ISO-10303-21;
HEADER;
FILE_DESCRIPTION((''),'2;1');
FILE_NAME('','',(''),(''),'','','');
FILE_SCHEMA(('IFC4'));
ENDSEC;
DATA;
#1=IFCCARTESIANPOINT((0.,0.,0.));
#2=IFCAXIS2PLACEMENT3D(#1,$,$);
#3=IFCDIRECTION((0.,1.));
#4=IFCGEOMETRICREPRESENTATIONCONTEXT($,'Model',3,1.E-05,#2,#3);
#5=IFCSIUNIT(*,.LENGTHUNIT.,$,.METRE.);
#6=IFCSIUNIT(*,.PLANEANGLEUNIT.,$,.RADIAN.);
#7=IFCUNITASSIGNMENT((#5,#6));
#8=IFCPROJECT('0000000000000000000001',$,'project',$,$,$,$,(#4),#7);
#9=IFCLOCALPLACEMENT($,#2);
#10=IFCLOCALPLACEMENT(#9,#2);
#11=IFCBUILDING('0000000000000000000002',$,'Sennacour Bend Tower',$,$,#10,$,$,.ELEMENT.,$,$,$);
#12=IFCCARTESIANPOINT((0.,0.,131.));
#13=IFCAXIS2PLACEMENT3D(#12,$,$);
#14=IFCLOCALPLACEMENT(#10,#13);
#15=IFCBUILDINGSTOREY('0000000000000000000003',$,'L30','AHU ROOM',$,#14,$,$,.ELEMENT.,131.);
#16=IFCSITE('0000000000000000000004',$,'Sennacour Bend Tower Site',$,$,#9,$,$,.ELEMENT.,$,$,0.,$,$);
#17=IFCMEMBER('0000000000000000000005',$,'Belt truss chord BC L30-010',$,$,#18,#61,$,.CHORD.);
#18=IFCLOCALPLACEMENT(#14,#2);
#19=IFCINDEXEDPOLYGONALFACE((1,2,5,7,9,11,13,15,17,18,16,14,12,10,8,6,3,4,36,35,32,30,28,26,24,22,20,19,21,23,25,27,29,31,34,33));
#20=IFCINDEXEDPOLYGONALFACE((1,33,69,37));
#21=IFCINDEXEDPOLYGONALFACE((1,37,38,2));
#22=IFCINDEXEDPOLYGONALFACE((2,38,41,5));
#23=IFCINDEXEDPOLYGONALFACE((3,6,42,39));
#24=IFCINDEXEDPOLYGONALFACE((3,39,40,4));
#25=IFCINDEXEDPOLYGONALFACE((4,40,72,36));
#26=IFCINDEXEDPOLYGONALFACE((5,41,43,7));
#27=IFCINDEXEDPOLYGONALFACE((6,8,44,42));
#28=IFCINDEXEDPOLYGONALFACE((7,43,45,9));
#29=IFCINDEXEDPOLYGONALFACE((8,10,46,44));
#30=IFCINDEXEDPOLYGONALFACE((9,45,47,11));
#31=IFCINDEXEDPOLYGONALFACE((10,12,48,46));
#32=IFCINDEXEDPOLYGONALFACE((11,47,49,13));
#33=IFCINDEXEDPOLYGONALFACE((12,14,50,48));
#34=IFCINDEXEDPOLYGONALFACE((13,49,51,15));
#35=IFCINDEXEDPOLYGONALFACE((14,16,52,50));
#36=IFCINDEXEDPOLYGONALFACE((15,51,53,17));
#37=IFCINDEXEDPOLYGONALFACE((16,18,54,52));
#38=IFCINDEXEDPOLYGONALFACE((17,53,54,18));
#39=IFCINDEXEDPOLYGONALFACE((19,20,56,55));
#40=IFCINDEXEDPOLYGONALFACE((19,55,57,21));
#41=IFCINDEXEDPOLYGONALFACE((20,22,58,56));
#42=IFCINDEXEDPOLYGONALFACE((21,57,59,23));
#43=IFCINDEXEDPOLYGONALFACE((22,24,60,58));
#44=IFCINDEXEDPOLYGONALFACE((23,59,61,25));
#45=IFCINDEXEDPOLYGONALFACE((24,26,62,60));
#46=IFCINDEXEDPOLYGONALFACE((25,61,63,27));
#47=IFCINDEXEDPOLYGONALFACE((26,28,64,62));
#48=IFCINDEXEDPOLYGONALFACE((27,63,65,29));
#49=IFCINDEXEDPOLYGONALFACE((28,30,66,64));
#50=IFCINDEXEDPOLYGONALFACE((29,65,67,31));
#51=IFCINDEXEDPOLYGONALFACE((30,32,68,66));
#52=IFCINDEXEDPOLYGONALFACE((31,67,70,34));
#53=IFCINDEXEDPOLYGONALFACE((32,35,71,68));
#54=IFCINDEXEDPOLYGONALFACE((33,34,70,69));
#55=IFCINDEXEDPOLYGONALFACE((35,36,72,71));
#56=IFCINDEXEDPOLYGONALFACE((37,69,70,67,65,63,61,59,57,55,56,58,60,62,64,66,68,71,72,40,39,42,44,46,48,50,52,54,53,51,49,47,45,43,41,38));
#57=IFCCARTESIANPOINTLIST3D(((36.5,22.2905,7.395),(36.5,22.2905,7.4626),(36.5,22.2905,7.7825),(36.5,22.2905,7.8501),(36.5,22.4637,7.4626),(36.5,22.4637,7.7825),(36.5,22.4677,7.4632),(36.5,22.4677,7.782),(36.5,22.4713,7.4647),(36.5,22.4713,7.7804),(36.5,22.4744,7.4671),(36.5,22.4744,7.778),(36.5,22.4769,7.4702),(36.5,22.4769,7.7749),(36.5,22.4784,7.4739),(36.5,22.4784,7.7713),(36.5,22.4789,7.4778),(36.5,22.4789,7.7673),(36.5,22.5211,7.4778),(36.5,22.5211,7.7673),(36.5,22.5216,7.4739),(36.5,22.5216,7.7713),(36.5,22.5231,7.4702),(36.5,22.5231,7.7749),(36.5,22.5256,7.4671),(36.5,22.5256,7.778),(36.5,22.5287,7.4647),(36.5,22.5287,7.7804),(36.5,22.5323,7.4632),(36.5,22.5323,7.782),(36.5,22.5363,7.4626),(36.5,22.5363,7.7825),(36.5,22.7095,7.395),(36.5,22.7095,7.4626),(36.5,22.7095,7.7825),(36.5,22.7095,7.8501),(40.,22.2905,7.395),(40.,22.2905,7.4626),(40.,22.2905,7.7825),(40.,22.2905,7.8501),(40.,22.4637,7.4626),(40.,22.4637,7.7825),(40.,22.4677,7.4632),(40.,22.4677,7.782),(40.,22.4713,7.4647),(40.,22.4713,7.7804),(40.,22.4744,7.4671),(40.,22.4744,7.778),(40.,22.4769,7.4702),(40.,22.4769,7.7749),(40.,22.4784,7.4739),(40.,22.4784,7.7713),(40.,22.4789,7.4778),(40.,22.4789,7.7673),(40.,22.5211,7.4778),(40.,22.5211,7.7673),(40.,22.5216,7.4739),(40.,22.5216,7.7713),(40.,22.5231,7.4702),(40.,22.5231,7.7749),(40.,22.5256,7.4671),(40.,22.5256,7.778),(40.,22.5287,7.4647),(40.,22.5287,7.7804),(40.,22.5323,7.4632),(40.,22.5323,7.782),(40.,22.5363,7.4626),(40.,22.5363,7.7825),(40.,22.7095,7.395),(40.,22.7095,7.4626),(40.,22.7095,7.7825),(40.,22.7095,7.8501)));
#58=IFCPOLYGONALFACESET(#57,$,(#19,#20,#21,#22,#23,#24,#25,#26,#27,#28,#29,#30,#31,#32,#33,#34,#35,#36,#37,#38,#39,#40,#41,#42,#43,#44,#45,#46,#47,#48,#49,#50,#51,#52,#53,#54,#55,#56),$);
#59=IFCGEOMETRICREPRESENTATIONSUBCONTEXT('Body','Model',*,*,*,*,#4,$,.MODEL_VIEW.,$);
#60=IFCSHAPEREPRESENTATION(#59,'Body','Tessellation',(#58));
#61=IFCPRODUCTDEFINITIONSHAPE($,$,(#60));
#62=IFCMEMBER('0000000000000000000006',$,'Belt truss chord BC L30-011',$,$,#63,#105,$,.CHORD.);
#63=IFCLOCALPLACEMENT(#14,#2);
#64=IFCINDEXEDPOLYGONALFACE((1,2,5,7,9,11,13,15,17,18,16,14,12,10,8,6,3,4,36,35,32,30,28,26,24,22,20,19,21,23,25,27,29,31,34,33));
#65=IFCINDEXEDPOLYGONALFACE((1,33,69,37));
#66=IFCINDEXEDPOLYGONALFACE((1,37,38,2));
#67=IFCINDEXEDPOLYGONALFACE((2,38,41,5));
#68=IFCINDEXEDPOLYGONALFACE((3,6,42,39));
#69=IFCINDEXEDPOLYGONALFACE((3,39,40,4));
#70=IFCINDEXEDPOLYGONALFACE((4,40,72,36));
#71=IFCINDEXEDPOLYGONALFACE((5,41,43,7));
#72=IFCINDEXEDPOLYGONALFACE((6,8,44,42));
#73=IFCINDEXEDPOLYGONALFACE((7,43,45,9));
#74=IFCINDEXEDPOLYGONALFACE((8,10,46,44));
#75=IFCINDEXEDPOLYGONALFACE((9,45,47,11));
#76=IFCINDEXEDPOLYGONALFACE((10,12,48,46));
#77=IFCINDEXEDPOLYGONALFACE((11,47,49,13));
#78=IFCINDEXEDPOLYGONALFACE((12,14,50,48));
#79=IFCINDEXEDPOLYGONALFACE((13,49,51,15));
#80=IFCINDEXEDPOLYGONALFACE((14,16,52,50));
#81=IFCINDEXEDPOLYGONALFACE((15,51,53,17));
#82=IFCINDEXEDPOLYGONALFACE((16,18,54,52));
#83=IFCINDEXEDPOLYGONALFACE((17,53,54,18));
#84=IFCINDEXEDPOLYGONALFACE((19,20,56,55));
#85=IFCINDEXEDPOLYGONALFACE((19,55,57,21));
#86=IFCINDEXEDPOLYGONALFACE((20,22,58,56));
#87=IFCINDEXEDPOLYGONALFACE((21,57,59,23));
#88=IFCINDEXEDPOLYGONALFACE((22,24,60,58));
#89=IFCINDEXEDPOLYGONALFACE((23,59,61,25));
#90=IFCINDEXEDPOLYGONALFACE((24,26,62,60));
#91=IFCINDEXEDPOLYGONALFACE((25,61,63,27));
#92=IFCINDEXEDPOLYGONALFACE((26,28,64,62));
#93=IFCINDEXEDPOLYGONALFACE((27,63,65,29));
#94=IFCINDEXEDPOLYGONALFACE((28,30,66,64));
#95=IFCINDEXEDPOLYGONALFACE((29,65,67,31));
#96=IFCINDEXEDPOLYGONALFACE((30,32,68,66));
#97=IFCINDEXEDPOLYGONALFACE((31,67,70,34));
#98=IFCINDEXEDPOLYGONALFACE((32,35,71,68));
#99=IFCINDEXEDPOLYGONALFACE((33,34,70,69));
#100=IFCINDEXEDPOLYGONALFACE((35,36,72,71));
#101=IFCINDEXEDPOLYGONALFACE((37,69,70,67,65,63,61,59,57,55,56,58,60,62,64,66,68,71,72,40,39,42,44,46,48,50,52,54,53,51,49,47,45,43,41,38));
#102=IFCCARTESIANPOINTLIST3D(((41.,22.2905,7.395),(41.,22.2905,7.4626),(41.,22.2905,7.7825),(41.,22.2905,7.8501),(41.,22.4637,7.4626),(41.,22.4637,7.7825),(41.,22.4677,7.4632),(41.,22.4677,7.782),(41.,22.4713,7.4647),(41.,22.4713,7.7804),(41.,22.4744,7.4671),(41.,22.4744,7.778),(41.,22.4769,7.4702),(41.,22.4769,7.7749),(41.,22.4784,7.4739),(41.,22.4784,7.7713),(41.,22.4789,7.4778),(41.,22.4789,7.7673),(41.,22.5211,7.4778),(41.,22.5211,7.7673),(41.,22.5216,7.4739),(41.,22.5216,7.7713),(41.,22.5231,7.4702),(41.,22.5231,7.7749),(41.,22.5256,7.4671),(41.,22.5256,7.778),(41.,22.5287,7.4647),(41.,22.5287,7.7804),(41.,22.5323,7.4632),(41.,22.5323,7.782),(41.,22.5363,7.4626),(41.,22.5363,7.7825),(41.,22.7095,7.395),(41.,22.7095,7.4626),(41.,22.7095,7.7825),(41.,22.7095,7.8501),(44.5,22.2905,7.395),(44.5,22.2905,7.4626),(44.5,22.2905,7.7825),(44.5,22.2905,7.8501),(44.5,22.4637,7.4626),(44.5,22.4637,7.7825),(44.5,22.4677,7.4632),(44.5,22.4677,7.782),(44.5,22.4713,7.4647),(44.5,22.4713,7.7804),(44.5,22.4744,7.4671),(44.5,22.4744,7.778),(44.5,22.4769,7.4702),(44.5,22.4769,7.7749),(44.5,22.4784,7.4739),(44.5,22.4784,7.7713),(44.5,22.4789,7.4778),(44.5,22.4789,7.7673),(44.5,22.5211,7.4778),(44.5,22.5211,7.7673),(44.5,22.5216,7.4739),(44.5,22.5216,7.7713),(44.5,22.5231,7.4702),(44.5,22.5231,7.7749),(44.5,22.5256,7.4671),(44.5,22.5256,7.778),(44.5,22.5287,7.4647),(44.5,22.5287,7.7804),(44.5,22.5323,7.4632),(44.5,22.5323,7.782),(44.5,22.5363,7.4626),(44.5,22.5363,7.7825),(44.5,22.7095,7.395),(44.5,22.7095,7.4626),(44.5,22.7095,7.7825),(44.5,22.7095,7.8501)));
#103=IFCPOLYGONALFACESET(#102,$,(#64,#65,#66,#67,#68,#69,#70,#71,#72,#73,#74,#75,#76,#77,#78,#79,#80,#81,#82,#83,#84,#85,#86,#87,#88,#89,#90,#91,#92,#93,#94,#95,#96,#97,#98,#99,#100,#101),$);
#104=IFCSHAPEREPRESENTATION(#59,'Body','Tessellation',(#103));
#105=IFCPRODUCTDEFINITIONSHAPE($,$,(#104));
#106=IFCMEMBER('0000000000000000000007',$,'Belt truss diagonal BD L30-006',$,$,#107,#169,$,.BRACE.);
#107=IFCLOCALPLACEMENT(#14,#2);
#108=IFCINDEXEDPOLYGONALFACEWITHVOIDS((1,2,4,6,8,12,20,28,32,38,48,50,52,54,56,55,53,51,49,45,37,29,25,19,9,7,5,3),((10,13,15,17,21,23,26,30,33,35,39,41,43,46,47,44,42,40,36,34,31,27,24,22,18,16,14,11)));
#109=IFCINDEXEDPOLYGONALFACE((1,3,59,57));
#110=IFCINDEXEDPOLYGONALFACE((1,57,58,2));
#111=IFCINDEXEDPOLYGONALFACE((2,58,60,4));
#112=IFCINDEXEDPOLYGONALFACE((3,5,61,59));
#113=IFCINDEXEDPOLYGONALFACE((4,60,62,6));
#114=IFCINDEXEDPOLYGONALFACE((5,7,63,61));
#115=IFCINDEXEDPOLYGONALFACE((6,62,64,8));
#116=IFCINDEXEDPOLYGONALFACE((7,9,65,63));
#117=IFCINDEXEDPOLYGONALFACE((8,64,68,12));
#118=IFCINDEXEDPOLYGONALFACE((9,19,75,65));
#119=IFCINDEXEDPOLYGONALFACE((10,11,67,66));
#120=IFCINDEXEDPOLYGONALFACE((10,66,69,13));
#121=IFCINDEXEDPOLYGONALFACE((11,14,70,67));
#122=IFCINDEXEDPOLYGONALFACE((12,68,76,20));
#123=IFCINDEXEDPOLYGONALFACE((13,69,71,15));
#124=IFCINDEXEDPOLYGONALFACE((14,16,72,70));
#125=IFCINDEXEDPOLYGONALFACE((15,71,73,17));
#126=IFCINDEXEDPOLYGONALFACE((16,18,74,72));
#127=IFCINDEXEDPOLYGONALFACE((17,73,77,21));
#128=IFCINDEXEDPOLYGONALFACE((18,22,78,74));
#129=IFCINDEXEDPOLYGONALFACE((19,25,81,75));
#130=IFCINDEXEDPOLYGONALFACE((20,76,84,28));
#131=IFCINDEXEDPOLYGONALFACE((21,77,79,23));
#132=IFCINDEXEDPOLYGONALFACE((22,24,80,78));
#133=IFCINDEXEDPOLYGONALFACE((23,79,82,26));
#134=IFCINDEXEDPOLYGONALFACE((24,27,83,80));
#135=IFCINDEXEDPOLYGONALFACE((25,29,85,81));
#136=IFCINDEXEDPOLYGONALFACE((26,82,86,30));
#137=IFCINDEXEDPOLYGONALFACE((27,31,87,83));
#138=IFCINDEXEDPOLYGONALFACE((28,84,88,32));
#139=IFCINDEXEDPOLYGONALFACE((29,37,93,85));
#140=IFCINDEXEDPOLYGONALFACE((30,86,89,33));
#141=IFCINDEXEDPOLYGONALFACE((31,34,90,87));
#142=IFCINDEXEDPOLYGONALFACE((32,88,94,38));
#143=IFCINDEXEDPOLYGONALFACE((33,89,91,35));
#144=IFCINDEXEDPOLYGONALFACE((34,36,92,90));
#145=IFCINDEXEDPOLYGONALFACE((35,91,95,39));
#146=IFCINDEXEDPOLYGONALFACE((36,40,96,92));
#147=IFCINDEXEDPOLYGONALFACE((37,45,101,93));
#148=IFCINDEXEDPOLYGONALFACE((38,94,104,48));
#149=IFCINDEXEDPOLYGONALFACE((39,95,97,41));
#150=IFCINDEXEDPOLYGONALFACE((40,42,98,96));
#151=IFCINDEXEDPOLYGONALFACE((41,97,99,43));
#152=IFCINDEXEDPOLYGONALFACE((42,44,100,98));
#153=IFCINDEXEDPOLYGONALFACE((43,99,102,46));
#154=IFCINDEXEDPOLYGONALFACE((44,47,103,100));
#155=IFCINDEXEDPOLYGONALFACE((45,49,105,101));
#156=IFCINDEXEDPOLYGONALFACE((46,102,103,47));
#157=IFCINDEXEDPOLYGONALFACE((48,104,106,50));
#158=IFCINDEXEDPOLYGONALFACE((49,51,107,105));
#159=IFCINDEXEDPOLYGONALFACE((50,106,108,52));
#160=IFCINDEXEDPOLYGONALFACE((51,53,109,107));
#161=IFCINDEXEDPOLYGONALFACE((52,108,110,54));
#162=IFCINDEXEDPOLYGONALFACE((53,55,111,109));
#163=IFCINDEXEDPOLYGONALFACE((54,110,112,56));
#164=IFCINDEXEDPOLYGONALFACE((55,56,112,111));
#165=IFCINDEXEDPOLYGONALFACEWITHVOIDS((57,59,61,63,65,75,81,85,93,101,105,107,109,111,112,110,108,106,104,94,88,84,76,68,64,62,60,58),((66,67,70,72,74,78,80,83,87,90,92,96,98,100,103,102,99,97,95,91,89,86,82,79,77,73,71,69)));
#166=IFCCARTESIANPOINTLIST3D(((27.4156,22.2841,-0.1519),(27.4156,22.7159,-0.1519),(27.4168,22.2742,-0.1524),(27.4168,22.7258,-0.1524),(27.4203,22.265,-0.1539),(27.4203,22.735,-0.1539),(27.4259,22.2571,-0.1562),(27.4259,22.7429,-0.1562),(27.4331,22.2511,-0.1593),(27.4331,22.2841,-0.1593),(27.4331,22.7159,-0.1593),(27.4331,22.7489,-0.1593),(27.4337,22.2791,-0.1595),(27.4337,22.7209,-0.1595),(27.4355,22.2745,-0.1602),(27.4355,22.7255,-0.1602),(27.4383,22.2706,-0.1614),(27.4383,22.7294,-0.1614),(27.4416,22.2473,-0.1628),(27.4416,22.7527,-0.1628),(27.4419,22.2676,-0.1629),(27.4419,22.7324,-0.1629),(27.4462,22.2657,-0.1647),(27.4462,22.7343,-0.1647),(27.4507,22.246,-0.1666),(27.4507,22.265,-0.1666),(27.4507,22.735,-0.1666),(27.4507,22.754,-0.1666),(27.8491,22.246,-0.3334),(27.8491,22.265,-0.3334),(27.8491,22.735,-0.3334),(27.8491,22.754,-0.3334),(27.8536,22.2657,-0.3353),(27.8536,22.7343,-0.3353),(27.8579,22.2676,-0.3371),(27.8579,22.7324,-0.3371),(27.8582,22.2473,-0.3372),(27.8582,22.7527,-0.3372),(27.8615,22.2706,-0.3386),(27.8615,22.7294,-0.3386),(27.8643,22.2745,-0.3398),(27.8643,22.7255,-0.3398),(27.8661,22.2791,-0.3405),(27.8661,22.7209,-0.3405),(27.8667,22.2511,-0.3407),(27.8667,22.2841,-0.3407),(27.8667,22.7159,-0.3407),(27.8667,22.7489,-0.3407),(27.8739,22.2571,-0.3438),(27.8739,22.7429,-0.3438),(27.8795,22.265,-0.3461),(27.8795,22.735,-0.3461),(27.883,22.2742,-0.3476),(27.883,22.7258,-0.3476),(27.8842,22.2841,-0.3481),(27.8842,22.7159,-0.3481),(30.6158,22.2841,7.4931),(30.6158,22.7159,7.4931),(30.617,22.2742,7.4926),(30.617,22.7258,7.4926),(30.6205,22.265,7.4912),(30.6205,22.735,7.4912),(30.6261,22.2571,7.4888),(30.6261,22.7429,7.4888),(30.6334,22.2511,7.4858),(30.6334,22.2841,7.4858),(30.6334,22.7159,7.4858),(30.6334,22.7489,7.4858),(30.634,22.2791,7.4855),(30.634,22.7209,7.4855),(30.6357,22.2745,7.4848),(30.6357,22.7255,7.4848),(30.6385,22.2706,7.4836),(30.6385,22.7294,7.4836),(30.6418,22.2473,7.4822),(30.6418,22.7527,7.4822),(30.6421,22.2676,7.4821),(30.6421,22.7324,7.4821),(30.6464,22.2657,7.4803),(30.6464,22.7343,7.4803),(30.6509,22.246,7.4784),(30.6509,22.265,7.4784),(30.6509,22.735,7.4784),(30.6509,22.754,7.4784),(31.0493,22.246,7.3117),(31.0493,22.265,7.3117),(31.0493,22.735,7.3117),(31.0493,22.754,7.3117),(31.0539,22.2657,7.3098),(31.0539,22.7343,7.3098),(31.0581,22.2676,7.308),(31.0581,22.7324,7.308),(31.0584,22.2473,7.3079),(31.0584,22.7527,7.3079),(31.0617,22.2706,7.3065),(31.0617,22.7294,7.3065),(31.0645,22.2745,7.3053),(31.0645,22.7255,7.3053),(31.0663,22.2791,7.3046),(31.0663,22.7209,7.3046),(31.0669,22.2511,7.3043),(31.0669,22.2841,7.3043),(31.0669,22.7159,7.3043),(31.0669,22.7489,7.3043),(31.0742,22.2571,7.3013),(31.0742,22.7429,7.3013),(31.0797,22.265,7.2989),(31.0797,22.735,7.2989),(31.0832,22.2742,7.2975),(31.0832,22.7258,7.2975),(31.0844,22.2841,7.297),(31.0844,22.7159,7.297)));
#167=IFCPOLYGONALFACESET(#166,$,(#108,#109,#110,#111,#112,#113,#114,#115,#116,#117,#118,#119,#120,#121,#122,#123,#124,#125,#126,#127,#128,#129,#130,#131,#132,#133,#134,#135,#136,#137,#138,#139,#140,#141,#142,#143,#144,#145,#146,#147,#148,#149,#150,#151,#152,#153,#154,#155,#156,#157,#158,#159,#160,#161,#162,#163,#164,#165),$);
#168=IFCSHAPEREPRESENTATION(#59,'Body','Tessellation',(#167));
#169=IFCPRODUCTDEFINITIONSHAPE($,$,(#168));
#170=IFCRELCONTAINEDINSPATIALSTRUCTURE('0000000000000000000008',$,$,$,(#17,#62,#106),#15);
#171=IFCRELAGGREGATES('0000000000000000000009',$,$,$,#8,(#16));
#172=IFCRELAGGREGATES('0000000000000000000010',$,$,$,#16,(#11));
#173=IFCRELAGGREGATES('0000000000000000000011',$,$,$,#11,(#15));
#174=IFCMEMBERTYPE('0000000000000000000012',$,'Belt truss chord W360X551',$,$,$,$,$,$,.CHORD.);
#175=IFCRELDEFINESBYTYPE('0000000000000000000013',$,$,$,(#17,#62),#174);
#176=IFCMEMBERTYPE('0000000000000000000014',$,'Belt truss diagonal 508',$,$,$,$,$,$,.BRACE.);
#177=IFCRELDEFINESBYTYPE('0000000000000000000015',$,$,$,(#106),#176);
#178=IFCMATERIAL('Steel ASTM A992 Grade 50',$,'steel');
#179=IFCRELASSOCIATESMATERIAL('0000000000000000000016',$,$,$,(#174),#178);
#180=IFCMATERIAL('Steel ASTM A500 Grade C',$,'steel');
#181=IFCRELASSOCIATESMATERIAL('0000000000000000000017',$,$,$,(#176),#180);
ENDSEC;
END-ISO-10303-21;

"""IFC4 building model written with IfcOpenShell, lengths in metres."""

from ifc_helpers import new_model, si_unit, direction, frame, origin, origin_2d, place, context, subcontext, project, spatial, hollow_rectangle, i_section, extrude, material, material_profile, profile_set, type_object, element, save


model = new_model("IFC4")

# Units and contexts
model_context = context("Model", 3, precision=1e-05, world=origin(), true_north=direction((0.0, 1.0)))
body_context = subcontext(model_context, "Body", "Model", "MODEL_VIEW")
ifc_project = project(units=[si_unit("LENGTHUNIT", "METRE"), si_unit("PLANEANGLEUNIT", "RADIAN")], contexts=[model_context])

# Site, building, storey
site_placement = place(None, origin())
site = spatial("IfcSite", under=ifc_project, at=site_placement, Name="Sennacour Bend Tower Site", CompositionType="ELEMENT", RefElevation=0.0)
building_placement = place(site_placement, origin())
building = spatial("IfcBuilding", under=site, at=building_placement, Name="Sennacour Bend Tower", CompositionType="ELEMENT")
storey_placement = place(building_placement, frame((0.0, 0.0, 131.0)))
storey = spatial("IfcBuildingStorey", under=building, at=storey_placement, Name="L30", Description="AHU ROOM", CompositionType="ELEMENT", Elevation=131.0)

# Members
ifc_material_1 = material(Name="Steel ASTM A992 Grade 50", Category="steel")
ifc_material_profile_1 = material_profile(ifc_material_1, i_section(OverallWidth=0.4189, OverallDepth=0.4551, WebThickness=0.0422, FlangeThickness=0.0676, FilletRadius=0.0151, at=origin_2d()), Name="Steel ASTM A992 Grade 50", Category="steel")
ifc_profile_set_1 = profile_set([ifc_material_profile_1], Name="Steel ASTM A992 Grade 50")
member_type_1 = type_object("IfcMemberType", Name="Belt truss chord W360X551", PredefinedType="CHORD", material=ifc_profile_set_1)
for number, where, z_axis, x_axis, name in (
    (1, (36.5, 22.5, 7.6226), (1.0, 0.0, 0.0), (0.0, 1.0, 0.0), "Belt truss chord BC L30-010"),
    (2, (41.0, 22.5, 7.6226), (1.0, 0.0, 0.0), (0.0, 1.0, 0.0), "Belt truss chord BC L30-011"),
):
    element("IfcMember", number, at=place(storey_placement, frame(where, z_axis=z_axis, x_axis=x_axis)), inside=storey, type_object=member_type_1, Name=name, PredefinedType="CHORD", context=body_context, shape_type="SweptSolid", body=[
        extrude(i_section(OverallWidth=0.4189, OverallDepth=0.4551, WebThickness=0.0422, FlangeThickness=0.0676, FilletRadius=0.0151, at=origin_2d()), origin(), (0.0, 0.0, 1.0), 3.5),
    ])
ifc_material_2 = material(Name="Steel ASTM A500 Grade C", Category="steel")
ifc_material_profile_2 = material_profile(ifc_material_2, hollow_rectangle(XDim=0.5081, YDim=0.5081, WallThickness=0.019, InnerFilletRadius=0.019, OuterFilletRadius=0.0381, at=origin_2d()), Name="Steel ASTM A500 Grade C", Category="steel")
ifc_profile_set_2 = profile_set([ifc_material_profile_2], Name="Steel ASTM A500 Grade C")
member_type_2 = type_object("IfcMemberType", Name="Belt truss diagonal 508", PredefinedType="BRACE", material=ifc_profile_set_2)
for number, where, z_axis, x_axis, name in (
    (3, (27.6499, 22.5, -0.25), (0.386133, 0.0, 0.922443), (0.0, 1.0, 0.0), "Belt truss diagonal BD L30-006"),
):
    element("IfcMember", number, at=place(storey_placement, frame(where, z_axis=z_axis, x_axis=x_axis)), inside=storey, type_object=member_type_2, Name=name, PredefinedType="BRACE", context=body_context, shape_type="SweptSolid", body=[
        extrude(hollow_rectangle(XDim=0.5081, YDim=0.5081, WallThickness=0.019, InnerFilletRadius=0.019, OuterFilletRadius=0.0381, at=origin_2d()), origin(), (0.0, 0.0, 1.0), 8.2878),
    ])

save(model, "model.ifc")
